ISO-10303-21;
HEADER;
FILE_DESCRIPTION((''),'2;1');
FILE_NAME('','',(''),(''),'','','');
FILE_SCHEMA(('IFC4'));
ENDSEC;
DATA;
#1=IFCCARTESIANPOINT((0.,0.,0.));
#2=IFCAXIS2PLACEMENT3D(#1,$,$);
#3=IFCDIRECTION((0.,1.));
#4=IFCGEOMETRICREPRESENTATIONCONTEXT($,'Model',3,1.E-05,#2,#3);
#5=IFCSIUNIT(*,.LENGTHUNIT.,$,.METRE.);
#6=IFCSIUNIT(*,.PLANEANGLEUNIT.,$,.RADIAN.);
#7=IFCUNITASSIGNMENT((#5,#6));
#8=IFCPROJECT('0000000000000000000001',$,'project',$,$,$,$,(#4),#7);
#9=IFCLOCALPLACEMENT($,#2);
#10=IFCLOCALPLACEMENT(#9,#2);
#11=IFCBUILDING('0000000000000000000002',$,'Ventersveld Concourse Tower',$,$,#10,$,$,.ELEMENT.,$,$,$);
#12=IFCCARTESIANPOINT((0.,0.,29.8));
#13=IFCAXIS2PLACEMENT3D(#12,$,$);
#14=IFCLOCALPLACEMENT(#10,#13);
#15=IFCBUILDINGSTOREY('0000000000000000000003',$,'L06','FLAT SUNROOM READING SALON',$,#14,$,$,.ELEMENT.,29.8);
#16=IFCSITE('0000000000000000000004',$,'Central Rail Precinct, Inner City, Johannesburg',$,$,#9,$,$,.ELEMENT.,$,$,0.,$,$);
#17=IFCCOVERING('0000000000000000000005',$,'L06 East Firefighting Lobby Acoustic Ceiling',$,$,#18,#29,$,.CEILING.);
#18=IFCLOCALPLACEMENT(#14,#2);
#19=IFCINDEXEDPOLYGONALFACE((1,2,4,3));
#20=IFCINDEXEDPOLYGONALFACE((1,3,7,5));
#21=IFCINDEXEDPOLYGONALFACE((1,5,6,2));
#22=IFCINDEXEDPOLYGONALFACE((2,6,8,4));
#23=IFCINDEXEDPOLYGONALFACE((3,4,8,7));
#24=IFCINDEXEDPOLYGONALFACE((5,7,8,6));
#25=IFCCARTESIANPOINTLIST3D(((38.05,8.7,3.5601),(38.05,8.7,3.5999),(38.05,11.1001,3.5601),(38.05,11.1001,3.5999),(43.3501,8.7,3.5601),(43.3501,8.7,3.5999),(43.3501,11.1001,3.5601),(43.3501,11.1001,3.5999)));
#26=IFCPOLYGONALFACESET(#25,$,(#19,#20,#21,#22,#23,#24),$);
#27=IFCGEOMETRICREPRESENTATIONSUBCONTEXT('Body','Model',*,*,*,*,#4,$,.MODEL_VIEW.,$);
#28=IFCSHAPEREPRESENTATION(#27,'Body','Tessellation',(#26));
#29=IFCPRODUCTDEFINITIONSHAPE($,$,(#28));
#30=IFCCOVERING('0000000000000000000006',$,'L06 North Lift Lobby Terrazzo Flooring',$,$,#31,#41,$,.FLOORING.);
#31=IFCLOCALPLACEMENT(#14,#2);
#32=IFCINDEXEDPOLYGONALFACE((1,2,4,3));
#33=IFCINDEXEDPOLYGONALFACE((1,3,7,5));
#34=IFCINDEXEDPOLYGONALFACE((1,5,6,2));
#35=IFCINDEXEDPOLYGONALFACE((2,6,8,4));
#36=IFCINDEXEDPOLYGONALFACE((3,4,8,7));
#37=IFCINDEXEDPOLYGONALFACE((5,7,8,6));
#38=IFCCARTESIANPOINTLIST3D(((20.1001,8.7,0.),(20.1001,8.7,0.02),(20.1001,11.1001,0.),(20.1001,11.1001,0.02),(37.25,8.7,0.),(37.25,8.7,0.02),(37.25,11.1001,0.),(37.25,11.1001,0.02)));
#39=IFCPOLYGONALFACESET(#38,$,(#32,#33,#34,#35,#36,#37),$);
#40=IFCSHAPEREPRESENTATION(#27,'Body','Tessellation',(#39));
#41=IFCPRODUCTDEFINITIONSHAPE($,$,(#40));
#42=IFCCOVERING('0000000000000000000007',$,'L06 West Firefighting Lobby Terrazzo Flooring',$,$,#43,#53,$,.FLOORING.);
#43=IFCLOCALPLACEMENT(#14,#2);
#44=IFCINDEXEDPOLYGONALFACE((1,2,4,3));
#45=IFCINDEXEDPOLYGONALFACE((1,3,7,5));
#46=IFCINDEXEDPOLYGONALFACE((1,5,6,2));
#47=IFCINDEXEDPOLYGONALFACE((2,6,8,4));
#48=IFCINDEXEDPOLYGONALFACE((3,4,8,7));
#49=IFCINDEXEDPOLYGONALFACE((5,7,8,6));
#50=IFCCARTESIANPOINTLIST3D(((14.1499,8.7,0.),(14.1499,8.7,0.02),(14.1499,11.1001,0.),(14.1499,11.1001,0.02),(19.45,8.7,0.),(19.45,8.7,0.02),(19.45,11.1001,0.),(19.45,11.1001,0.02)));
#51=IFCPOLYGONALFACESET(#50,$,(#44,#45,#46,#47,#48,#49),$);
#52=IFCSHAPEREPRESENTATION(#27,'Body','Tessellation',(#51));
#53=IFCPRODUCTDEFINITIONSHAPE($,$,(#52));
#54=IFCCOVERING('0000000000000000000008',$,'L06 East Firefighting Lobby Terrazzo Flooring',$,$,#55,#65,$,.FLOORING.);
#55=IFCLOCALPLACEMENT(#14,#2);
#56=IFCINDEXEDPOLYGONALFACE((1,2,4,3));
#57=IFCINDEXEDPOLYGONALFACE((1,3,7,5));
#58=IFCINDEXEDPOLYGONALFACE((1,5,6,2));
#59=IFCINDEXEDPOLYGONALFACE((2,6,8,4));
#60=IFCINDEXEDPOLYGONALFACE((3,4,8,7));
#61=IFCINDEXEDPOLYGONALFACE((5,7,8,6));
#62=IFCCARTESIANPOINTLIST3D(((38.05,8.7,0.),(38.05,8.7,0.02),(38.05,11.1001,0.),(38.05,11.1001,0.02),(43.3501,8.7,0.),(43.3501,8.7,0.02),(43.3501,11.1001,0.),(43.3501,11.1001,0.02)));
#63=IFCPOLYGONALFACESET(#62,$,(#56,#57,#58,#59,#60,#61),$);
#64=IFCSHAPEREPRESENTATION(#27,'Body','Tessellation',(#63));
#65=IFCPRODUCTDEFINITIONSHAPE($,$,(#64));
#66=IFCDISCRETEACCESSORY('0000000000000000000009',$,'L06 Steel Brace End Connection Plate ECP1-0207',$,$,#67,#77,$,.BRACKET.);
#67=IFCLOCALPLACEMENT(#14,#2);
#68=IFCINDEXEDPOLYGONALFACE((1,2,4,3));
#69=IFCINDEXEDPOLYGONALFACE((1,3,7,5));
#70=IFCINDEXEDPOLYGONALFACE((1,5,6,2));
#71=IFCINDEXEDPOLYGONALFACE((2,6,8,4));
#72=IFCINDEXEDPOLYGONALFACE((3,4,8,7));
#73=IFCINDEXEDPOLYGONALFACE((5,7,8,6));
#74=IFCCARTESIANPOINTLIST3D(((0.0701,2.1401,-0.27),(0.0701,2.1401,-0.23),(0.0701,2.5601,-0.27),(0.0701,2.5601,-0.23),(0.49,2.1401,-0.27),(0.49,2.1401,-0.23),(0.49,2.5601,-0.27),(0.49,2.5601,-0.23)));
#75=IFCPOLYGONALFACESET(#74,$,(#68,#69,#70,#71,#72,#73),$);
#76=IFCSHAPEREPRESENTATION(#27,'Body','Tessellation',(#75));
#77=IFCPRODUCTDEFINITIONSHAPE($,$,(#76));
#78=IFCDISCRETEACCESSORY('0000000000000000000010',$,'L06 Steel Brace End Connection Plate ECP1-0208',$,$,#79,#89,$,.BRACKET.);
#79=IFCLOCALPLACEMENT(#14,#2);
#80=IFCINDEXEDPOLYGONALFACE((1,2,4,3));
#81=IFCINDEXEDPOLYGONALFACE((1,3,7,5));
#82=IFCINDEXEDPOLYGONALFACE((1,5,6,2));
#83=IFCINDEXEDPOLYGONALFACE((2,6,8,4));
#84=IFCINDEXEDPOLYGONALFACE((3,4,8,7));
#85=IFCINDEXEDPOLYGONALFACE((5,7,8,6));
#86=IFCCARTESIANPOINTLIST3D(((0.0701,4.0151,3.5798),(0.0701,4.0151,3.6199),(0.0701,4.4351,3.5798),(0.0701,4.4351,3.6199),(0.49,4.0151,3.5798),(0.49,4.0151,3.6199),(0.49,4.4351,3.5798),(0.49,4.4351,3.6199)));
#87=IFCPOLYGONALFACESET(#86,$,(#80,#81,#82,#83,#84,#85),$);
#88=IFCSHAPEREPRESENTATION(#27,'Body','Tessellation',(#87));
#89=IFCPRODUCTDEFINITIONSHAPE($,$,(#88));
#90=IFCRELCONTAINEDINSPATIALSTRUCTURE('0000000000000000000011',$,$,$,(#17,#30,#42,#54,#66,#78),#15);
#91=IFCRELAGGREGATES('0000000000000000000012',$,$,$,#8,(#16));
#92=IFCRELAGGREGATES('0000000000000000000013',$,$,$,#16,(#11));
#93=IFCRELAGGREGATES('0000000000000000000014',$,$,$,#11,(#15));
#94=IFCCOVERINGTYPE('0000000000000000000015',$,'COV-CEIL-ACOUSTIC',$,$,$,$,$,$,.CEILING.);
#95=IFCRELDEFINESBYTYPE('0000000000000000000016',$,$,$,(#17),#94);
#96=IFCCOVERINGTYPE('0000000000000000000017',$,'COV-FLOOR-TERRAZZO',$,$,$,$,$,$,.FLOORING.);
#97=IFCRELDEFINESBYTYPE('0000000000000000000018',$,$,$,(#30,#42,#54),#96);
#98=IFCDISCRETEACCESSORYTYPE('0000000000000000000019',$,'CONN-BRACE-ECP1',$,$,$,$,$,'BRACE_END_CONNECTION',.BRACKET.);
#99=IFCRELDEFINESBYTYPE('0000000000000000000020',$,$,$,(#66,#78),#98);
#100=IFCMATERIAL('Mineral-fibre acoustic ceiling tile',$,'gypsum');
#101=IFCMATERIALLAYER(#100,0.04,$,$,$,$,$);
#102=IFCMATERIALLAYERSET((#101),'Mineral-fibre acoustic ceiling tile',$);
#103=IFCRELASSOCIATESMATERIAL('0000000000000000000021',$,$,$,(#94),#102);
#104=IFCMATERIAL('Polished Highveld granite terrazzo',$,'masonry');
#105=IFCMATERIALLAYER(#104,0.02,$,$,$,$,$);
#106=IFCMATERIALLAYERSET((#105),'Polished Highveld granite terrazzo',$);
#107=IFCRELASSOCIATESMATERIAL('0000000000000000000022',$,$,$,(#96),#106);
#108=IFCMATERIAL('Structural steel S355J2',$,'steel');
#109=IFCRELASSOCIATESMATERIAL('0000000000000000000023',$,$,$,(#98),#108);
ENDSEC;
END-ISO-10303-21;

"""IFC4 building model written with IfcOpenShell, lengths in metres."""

from ifc_helpers import new_model, si_unit, direction, frame, origin, origin_2d, place, context, subcontext, project, spatial, polyline, rectangle, outline, extrude, material, layer, layer_set, type_object, element, save


model = new_model("IFC4")

# Units and contexts
model_context = context("Model", 3, precision=1e-05, world=origin(), true_north=direction((0.0, 1.0)))
body_context = subcontext(model_context, "Body", "Model", "MODEL_VIEW")
ifc_project = project(units=[si_unit("LENGTHUNIT", "METRE"), si_unit("PLANEANGLEUNIT", "RADIAN")], contexts=[model_context])

# Site, building, storey
site_placement = place(None, origin())
site = spatial("IfcSite", under=ifc_project, at=site_placement, Name="Central Rail Precinct, Inner City, Johannesburg", CompositionType="ELEMENT", RefElevation=0.0)
building_placement = place(site_placement, origin())
building = spatial("IfcBuilding", under=site, at=building_placement, Name="Ventersveld Concourse Tower", CompositionType="ELEMENT")
storey_placement = place(building_placement, frame((0.0, 0.0, 29.8)))
storey = spatial("IfcBuildingStorey", under=building, at=storey_placement, Name="L06", Description="FLAT SUNROOM READING SALON", CompositionType="ELEMENT", Elevation=29.8)

# Shared definitions
ifc_material_1 = material(Name="Structural steel S355J2", Category="steel")

# Coverings
ifc_material_2 = material(Name="Mineral-fibre acoustic ceiling tile", Category="gypsum")
ifc_layer_1 = layer(ifc_material_2, 0.04)
ifc_layer_set_1 = layer_set([ifc_layer_1], Name="Mineral-fibre acoustic ceiling tile")
covering_type_1 = type_object("IfcCoveringType", Name="COV-CEIL-ACOUSTIC", PredefinedType="CEILING", material=ifc_layer_set_1)
covering_1_placement = place(storey_placement, frame((0.0, 0.0, 3.5601)))
element("IfcCovering", 1, at=covering_1_placement, inside=storey, type_object=covering_type_1, Name="L06 East Firefighting Lobby Acoustic Ceiling", PredefinedType="CEILING", context=body_context, shape_type="SweptSolid", body=[
    extrude(outline(polyline([(38.05, 8.7), (43.3501, 8.7), (43.3501, 11.1001), (38.05, 11.1001), (38.05, 8.7)])), origin(), (0.0, 0.0, 1.0), 0.0398),
])
ifc_material_3 = material(Name="Polished Highveld granite terrazzo", Category="masonry")
ifc_layer_2 = layer(ifc_material_3, 0.02)
ifc_layer_set_2 = layer_set([ifc_layer_2], Name="Polished Highveld granite terrazzo")
covering_type_2 = type_object("IfcCoveringType", Name="COV-FLOOR-TERRAZZO", PredefinedType="FLOORING", material=ifc_layer_set_2)
covering_2_placement = place(storey_placement, origin())
element("IfcCovering", 2, at=covering_2_placement, inside=storey, type_object=covering_type_2, Name="L06 North Lift Lobby Terrazzo Flooring", PredefinedType="FLOORING", context=body_context, shape_type="SweptSolid", body=[
    extrude(outline(polyline([(20.1001, 8.7), (37.25, 8.7), (37.25, 11.1001), (20.1001, 11.1001), (20.1001, 8.7)])), origin(), (0.0, 0.0, 1.0), 0.02),
])
covering_3_placement = place(storey_placement, origin())
element("IfcCovering", 3, at=covering_3_placement, inside=storey, type_object=covering_type_2, Name="L06 West Firefighting Lobby Terrazzo Flooring", PredefinedType="FLOORING", context=body_context, shape_type="SweptSolid", body=[
    extrude(outline(polyline([(14.1499, 8.7), (19.45, 8.7), (19.45, 11.1001), (14.1499, 11.1001), (14.1499, 8.7)])), origin(), (0.0, 0.0, 1.0), 0.02),
])
covering_4_placement = place(storey_placement, origin())
element("IfcCovering", 4, at=covering_4_placement, inside=storey, type_object=covering_type_2, Name="L06 East Firefighting Lobby Terrazzo Flooring", PredefinedType="FLOORING", context=body_context, shape_type="SweptSolid", body=[
    extrude(outline(polyline([(38.05, 8.7), (43.3501, 8.7), (43.3501, 11.1001), (38.05, 11.1001), (38.05, 8.7)])), origin(), (0.0, 0.0, 1.0), 0.02),
])

# Discrete accessories
discrete_accessory_type = type_object("IfcDiscreteAccessoryType", Name="CONN-BRACE-ECP1", ElementType="BRACE_END_CONNECTION", PredefinedType="BRACKET", material=ifc_material_1)
for number, where, z_axis, x_axis, name in (
    (5, (0.28, 2.3501, -0.27), (0.0, 0.0, 1.0), (1.0, 0.0, 0.0), "L06 Steel Brace End Connection Plate ECP1-0207"),
    (6, (0.28, 4.2251, 3.5798), (0.0, 0.0, 1.0), (1.0, 0.0, 0.0), "L06 Steel Brace End Connection Plate ECP1-0208"),
):
    element("IfcDiscreteAccessory", number, at=place(storey_placement, frame(where, z_axis=z_axis, x_axis=x_axis)), inside=storey, type_object=discrete_accessory_type, Name=name, PredefinedType="BRACKET", context=body_context, shape_type="SweptSolid", body=[
        extrude(rectangle(XDim=0.4199, YDim=0.4199, at=origin_2d()), origin(), (0.0, 0.0, 1.0), 0.04),
    ])

save(model, "model.ifc")
